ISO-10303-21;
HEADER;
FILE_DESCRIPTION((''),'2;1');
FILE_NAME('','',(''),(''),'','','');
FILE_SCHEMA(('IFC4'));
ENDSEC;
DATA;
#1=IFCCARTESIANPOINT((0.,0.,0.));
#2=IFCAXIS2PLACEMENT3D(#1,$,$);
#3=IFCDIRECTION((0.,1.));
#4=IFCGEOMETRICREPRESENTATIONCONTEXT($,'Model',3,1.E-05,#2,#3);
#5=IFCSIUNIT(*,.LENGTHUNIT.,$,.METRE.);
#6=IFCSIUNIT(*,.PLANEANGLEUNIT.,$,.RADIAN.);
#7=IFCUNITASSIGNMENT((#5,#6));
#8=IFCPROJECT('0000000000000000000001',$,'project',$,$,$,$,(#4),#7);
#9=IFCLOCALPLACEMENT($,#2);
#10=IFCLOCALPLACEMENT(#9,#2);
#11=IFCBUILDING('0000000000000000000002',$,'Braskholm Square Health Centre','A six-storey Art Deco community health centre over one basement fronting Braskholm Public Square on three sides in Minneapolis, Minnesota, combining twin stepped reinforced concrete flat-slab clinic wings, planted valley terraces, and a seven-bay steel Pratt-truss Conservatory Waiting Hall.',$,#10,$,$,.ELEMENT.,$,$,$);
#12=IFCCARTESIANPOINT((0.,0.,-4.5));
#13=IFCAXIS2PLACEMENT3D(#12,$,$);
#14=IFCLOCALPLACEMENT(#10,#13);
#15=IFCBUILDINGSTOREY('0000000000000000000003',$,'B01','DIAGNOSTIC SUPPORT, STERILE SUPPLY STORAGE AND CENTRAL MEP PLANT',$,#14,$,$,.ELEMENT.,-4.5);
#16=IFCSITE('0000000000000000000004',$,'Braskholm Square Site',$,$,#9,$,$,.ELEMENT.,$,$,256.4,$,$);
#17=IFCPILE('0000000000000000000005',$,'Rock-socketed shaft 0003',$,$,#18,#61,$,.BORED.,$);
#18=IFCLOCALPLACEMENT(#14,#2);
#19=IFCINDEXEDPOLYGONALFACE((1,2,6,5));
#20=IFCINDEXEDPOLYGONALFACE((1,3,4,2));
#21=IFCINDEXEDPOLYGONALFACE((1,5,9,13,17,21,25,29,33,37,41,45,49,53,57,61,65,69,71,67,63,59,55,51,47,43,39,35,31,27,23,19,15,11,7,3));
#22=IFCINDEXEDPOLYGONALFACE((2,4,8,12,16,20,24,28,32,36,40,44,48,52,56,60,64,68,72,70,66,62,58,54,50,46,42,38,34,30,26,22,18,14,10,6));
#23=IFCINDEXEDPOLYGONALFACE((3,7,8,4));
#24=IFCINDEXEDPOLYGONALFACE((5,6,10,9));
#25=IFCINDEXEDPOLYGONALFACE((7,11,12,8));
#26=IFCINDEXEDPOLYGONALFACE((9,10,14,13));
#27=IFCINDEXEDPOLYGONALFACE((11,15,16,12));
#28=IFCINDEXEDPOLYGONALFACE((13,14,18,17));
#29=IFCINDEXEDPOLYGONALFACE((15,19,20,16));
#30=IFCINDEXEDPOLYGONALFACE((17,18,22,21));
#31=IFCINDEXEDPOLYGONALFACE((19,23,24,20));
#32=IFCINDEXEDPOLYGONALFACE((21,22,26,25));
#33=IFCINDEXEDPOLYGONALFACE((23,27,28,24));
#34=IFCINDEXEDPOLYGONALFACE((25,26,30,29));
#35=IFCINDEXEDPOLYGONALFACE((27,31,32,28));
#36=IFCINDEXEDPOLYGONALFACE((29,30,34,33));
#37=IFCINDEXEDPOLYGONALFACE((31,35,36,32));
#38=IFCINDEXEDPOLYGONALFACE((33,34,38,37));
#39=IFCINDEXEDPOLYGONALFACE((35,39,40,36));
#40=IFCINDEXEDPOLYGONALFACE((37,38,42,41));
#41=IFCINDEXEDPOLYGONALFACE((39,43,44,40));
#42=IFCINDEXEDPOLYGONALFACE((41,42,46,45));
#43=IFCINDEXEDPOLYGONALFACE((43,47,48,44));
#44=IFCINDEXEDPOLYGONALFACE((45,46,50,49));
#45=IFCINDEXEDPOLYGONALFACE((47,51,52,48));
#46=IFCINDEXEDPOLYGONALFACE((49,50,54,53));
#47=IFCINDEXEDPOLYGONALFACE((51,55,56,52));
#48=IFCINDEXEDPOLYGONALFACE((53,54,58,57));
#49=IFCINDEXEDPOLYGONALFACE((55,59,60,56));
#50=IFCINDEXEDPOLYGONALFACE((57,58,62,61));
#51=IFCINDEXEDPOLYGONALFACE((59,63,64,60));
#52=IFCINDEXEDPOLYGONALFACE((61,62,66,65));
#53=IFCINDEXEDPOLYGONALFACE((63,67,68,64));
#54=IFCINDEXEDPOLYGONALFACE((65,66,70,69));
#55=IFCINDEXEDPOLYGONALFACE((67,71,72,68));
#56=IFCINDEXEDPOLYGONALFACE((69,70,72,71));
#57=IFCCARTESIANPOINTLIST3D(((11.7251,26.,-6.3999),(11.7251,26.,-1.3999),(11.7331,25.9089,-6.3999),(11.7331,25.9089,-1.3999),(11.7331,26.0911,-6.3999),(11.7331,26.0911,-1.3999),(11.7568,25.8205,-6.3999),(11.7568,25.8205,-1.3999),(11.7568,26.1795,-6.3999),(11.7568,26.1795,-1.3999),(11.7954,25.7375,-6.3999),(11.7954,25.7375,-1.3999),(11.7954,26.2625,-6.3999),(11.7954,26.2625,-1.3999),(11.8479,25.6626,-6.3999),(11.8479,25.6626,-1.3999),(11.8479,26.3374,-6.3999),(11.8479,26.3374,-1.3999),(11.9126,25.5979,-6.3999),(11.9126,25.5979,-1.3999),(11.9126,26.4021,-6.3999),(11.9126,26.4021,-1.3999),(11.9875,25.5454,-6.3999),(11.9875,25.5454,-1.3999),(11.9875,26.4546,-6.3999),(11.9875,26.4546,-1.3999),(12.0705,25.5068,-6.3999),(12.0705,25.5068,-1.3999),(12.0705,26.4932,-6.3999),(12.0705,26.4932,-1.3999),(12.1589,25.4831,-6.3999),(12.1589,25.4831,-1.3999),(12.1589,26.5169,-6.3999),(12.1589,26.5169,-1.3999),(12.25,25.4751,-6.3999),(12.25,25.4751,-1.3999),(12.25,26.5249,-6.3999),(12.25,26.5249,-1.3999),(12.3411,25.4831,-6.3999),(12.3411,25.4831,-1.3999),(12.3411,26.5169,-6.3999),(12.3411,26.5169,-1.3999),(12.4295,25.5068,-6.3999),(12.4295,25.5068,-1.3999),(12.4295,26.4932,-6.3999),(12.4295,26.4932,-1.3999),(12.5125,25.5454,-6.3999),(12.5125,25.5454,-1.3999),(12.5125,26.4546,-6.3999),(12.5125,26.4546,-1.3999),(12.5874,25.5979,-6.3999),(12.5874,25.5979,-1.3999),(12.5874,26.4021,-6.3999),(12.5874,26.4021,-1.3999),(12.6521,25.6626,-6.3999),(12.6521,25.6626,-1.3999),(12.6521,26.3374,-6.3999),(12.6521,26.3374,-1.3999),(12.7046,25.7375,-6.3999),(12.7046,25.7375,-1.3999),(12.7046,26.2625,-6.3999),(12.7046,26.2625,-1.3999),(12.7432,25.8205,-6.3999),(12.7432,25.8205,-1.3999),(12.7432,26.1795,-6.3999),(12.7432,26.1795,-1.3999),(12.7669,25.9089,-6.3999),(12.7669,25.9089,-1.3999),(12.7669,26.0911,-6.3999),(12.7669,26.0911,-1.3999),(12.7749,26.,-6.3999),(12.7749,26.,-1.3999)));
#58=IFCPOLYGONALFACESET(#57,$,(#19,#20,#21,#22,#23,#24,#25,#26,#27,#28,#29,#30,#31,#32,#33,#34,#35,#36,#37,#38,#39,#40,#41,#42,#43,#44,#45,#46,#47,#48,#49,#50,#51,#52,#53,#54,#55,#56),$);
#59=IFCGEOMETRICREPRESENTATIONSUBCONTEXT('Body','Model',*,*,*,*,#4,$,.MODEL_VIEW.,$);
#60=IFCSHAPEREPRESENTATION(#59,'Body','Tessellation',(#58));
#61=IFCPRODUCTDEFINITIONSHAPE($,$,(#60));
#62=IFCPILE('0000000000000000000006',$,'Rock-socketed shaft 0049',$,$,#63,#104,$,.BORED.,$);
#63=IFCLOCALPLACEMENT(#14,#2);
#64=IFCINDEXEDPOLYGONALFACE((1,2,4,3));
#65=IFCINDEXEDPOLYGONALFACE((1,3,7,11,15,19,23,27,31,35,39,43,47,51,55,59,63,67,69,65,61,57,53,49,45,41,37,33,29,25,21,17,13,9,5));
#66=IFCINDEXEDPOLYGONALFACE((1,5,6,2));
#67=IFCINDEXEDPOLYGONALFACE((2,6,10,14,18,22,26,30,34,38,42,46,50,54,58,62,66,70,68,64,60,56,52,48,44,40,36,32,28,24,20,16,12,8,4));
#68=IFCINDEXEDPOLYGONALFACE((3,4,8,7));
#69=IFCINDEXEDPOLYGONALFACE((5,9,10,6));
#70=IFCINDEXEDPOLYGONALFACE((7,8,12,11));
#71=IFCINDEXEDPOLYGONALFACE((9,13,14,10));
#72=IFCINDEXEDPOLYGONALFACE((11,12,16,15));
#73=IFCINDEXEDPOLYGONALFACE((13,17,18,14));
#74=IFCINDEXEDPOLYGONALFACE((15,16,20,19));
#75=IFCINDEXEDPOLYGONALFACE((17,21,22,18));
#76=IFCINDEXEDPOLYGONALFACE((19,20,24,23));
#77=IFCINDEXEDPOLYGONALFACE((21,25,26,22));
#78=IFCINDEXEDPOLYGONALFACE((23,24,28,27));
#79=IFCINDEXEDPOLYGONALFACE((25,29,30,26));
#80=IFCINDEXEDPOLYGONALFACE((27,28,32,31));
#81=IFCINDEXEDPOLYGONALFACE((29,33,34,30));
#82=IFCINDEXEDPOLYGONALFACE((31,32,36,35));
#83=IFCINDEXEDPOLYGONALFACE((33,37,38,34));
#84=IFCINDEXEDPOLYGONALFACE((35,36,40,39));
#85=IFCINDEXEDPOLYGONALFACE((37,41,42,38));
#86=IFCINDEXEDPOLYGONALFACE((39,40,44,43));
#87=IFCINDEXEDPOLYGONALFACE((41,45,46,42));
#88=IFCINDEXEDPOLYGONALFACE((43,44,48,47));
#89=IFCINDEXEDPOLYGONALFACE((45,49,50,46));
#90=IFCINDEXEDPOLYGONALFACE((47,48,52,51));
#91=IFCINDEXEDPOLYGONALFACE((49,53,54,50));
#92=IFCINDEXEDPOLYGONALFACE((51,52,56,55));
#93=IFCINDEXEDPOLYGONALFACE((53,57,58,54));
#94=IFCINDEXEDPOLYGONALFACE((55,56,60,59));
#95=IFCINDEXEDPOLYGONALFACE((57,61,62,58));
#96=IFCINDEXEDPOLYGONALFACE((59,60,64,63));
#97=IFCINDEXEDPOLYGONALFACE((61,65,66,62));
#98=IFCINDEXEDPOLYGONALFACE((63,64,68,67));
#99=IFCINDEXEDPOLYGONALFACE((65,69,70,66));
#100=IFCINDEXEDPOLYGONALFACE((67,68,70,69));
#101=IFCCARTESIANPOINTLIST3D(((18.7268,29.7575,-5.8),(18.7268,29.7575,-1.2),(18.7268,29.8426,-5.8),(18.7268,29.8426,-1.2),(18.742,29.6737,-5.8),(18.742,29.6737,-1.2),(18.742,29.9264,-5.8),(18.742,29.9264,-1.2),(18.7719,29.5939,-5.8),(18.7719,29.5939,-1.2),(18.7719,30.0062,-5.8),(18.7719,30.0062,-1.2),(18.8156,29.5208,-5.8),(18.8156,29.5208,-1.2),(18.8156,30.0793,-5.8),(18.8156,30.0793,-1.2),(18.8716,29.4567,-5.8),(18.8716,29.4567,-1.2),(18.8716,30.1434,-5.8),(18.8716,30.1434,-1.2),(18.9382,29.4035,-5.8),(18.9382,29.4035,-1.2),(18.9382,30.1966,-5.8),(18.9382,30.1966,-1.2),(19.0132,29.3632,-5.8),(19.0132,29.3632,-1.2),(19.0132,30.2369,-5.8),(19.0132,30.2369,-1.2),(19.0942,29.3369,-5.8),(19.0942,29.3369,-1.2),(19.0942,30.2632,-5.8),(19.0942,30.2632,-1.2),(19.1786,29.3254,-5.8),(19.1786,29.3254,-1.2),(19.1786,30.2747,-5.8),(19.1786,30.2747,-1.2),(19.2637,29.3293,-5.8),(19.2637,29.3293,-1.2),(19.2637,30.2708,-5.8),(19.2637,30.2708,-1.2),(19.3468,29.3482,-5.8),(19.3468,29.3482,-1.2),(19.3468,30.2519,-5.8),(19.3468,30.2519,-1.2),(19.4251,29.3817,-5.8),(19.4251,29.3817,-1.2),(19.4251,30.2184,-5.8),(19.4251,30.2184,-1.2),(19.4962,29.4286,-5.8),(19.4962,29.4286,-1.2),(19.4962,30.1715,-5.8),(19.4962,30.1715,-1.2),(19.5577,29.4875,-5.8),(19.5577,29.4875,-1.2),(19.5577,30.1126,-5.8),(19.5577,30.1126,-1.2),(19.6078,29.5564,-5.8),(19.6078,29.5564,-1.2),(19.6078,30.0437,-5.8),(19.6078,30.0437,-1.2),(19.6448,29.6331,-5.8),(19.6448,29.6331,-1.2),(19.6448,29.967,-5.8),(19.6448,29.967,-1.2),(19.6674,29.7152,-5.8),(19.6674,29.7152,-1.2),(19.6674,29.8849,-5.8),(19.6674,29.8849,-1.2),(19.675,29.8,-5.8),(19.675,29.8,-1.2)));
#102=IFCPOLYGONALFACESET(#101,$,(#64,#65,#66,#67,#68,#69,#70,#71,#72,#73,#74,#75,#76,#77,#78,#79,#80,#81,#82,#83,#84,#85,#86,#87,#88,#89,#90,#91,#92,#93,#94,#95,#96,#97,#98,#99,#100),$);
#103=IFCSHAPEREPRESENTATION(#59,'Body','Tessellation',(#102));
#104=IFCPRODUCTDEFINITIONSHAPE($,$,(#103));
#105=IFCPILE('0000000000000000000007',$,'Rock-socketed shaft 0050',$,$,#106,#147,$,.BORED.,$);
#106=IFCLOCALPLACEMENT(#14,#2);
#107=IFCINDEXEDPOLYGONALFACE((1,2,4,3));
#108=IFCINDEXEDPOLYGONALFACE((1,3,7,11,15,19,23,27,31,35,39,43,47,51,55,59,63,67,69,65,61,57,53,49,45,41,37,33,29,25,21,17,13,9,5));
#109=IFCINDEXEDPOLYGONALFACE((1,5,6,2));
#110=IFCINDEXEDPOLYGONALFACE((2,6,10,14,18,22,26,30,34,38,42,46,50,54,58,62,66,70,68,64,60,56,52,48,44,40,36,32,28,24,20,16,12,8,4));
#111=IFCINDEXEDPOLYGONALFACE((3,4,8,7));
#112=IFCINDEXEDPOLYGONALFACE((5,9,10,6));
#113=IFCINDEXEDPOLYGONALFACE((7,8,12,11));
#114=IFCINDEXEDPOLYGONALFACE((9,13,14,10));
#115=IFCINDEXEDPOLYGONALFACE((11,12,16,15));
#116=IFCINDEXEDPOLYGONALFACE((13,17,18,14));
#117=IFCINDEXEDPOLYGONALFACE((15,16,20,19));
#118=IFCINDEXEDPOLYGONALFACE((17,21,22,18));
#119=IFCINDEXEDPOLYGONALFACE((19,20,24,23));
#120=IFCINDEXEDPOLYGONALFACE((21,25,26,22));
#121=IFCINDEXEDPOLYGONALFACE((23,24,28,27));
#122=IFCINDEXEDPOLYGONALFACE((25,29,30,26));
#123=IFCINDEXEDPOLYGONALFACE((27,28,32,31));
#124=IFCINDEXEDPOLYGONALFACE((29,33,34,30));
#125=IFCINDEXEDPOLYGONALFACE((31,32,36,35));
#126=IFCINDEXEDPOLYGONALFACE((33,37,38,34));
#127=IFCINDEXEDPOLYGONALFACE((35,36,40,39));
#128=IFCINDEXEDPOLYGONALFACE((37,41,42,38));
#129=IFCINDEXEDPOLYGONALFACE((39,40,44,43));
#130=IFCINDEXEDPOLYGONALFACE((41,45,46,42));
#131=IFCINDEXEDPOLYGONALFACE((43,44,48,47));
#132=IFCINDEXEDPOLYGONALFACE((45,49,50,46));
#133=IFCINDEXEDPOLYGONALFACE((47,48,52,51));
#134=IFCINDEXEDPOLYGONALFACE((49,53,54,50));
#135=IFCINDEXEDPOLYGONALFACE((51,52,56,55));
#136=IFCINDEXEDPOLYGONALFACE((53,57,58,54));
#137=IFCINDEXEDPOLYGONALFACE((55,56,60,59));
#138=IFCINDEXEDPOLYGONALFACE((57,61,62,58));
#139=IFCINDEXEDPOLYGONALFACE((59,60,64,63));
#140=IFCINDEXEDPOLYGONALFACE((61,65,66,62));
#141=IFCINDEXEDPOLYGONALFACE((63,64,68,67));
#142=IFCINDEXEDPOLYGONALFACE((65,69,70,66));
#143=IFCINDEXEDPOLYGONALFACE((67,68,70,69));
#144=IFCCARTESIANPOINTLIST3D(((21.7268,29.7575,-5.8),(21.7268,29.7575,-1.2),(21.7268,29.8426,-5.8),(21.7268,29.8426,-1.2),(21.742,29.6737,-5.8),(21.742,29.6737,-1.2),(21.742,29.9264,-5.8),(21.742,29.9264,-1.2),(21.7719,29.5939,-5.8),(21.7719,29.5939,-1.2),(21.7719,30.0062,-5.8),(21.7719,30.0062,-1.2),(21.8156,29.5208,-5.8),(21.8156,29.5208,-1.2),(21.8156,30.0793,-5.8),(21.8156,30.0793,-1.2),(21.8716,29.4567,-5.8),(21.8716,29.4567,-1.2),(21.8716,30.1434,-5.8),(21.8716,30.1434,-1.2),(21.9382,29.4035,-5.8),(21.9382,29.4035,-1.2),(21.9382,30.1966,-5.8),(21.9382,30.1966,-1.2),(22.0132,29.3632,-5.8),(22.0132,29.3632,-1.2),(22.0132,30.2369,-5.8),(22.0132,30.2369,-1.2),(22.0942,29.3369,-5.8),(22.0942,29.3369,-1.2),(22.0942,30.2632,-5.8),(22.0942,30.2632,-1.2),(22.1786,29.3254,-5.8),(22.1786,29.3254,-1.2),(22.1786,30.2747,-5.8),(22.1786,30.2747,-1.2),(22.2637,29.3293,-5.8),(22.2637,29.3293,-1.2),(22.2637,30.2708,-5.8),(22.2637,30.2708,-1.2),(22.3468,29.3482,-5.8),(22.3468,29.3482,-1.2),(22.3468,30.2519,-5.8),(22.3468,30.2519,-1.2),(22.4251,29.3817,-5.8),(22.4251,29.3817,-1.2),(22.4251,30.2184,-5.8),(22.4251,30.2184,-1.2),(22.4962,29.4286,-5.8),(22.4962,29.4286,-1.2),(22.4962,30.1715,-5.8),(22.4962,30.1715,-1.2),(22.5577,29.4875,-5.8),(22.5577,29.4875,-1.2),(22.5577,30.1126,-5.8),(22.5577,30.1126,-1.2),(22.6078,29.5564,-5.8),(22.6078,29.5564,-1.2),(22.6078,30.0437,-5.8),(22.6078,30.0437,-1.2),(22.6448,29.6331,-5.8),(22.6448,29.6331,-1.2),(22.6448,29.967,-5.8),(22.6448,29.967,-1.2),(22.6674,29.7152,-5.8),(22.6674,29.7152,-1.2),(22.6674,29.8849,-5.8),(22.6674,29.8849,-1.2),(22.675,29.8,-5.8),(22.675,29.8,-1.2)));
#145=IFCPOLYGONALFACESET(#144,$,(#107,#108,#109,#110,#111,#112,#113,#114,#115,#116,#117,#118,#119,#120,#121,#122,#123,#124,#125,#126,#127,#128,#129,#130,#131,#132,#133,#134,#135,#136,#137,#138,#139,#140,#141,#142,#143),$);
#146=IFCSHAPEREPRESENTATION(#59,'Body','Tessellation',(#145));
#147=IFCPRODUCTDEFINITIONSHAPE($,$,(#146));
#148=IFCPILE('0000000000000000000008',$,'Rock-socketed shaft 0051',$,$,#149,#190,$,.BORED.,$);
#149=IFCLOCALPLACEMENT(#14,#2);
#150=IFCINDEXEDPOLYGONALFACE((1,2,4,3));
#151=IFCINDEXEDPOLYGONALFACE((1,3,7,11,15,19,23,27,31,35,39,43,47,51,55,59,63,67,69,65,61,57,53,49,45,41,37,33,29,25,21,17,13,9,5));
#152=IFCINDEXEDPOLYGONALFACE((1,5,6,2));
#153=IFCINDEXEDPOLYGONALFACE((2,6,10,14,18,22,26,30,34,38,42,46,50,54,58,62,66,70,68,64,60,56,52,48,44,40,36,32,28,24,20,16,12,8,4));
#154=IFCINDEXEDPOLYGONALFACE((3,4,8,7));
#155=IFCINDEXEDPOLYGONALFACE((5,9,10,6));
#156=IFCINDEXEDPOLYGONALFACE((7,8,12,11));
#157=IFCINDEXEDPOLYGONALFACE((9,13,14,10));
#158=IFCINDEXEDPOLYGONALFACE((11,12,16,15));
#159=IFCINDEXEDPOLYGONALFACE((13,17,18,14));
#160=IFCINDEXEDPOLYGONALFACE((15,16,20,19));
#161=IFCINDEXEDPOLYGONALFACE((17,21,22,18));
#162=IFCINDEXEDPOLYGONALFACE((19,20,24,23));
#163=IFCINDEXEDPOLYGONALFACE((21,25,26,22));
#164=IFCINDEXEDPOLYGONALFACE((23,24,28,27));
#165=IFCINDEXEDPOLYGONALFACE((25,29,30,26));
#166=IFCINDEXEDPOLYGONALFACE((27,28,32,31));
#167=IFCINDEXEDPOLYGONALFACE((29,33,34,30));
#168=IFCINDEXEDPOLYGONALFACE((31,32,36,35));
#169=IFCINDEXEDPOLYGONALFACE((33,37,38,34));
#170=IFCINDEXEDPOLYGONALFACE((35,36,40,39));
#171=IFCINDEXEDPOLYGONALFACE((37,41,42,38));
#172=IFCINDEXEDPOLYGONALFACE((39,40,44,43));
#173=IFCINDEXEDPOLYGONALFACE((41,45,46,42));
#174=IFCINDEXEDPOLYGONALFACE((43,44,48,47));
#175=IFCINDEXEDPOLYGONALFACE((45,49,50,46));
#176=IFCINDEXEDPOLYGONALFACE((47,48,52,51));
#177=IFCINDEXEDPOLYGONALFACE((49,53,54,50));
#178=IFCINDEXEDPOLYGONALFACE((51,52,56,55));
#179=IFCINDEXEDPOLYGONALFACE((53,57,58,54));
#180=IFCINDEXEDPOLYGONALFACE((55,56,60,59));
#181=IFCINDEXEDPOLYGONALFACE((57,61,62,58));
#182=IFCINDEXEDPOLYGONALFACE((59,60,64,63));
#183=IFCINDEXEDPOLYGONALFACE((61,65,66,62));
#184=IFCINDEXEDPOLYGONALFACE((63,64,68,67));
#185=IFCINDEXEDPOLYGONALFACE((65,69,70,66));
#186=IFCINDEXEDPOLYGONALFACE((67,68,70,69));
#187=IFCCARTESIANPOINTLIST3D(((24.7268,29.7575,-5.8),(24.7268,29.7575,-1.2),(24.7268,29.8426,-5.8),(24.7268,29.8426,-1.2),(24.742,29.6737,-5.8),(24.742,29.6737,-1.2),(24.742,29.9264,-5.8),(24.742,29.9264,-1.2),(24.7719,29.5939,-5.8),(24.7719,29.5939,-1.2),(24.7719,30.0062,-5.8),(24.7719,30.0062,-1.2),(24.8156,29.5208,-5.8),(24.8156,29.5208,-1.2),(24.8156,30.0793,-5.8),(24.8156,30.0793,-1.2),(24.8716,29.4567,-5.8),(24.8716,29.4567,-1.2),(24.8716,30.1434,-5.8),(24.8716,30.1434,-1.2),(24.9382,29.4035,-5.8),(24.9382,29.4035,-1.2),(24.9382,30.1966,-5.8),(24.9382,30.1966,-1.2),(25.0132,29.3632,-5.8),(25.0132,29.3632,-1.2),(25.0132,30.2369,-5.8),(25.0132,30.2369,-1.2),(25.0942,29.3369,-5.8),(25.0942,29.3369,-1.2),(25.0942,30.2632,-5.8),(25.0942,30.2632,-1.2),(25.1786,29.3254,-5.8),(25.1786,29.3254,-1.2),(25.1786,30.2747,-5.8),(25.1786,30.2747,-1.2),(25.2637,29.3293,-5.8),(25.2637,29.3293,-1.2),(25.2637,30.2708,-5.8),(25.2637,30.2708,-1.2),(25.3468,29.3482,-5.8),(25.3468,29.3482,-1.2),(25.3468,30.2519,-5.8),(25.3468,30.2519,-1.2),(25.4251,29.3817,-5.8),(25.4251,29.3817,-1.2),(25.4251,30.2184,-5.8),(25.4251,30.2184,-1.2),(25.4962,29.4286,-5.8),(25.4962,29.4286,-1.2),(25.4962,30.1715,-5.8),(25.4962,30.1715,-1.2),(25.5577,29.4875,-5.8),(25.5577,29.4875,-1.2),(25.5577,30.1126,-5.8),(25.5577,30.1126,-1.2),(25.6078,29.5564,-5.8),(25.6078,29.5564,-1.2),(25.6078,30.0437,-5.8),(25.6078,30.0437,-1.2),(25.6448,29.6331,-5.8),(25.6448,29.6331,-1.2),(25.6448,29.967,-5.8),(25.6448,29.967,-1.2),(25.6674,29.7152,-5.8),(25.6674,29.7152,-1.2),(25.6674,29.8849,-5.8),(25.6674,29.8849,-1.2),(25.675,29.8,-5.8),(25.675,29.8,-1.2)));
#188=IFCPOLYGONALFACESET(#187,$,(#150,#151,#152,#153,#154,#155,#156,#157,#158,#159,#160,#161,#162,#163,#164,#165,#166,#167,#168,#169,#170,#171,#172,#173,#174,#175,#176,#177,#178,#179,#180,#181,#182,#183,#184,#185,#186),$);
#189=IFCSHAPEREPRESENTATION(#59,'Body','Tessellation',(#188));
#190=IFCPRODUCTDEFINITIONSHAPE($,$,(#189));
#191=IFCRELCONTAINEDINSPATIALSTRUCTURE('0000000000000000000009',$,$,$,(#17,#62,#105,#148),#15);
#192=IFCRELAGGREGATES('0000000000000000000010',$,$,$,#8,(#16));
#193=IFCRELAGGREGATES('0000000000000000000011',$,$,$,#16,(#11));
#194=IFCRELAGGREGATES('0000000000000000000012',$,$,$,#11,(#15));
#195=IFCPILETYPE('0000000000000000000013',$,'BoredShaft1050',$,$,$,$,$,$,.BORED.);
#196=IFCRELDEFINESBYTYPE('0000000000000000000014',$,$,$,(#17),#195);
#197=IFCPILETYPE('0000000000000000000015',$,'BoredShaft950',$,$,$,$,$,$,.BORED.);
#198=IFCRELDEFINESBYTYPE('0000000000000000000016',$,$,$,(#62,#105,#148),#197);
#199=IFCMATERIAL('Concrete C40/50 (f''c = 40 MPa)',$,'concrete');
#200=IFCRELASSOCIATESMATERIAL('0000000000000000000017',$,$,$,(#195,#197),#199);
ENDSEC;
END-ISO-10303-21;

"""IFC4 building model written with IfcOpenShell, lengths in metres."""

from ifc_helpers import new_model, si_unit, direction, frame, origin, origin_2d, place, context, subcontext, project, spatial, circle, extrude, material, material_profile, profile_set, type_object, element, save


model = new_model("IFC4")

# Units and contexts
model_context = context("Model", 3, precision=1e-05, world=origin(), true_north=direction((0.0, 1.0)))
body_context = subcontext(model_context, "Body", "Model", "MODEL_VIEW")
ifc_project = project(units=[si_unit("LENGTHUNIT", "METRE"), si_unit("PLANEANGLEUNIT", "RADIAN")], contexts=[model_context])

# Site, building, storey
site_placement = place(None, origin())
site = spatial("IfcSite", under=ifc_project, at=site_placement, Name="Braskholm Square Site", CompositionType="ELEMENT", RefElevation=256.4)
building_placement = place(site_placement, origin())
building = spatial("IfcBuilding", under=site, at=building_placement, Name="Braskholm Square Health Centre", Description="A six-storey Art Deco community health centre over one basement fronting Braskholm Public Square on three sides in Minneapolis, Minnesota, combining twin stepped reinforced concrete flat-slab clinic wings, planted valley terraces, and a seven-bay steel Pratt-truss Conservatory Waiting Hall.", CompositionType="ELEMENT")
storey_placement = place(building_placement, frame((0.0, 0.0, -4.5)))
storey = spatial("IfcBuildingStorey", under=building, at=storey_placement, Name="B01", Description="DIAGNOSTIC SUPPORT, STERILE SUPPLY STORAGE AND CENTRAL MEP PLANT", CompositionType="ELEMENT", Elevation=-4.5)

# Piles
ifc_material_1 = material(Name="Concrete C40/50 (f'c = 40 MPa)", Category="concrete")
ifc_material_profile_1 = material_profile(ifc_material_1, circle(Radius=0.5249, at=origin_2d()), Name="BORED-PILE-1050")
ifc_profile_set_1 = profile_set([ifc_material_profile_1], Name="Concrete C40/50 (f'c = 40 MPa)")
pile_type_1 = type_object("IfcPileType", Name="BoredShaft1050", PredefinedType="BORED", material=ifc_profile_set_1)
pile_placement = place(storey_placement, frame((12.25, 26.0, -1.3999), z_axis=(0.0, 0.0, -1.0), x_axis=(1.0, 0.0, 0.0)))
element("IfcPile", 1, at=pile_placement, inside=storey, type_object=pile_type_1, Name="Rock-socketed shaft 0003", PredefinedType="BORED", context=body_context, shape_type="SweptSolid", body=[
    extrude(circle(Radius=0.5249, at=origin_2d()), origin(), (0.0, 0.0, 1.0), 5.0),
])
ifc_material_profile_2 = material_profile(ifc_material_1, circle(Radius=0.4751, at=origin_2d()), Name="BORED-PILE-950")
ifc_profile_set_2 = profile_set([ifc_material_profile_2], Name="Concrete C40/50 (f'c = 40 MPa)")
pile_type_2 = type_object("IfcPileType", Name="BoredShaft950", PredefinedType="BORED", material=ifc_profile_set_2)
for number, where, z_axis, x_axis, name in (
    (2, (19.2, 29.8, -1.2), (0.0, 0.0, -1.0), (1.0, 0.0, 0.0), "Rock-socketed shaft 0049"),
    (3, (22.2, 29.8, -1.2), (0.0, 0.0, -1.0), (1.0, 0.0, 0.0), "Rock-socketed shaft 0050"),
    (4, (25.2, 29.8, -1.2), (0.0, 0.0, -1.0), (1.0, 0.0, 0.0), "Rock-socketed shaft 0051"),
):
    element("IfcPile", number, at=place(storey_placement, frame(where, z_axis=z_axis, x_axis=x_axis)), inside=storey, type_object=pile_type_2, Name=name, PredefinedType="BORED", context=body_context, shape_type="SweptSolid", body=[
        extrude(circle(Radius=0.4751, at=origin_2d()), origin(), (0.0, 0.0, 1.0), 4.6001),
    ])

save(model, "model.ifc")
